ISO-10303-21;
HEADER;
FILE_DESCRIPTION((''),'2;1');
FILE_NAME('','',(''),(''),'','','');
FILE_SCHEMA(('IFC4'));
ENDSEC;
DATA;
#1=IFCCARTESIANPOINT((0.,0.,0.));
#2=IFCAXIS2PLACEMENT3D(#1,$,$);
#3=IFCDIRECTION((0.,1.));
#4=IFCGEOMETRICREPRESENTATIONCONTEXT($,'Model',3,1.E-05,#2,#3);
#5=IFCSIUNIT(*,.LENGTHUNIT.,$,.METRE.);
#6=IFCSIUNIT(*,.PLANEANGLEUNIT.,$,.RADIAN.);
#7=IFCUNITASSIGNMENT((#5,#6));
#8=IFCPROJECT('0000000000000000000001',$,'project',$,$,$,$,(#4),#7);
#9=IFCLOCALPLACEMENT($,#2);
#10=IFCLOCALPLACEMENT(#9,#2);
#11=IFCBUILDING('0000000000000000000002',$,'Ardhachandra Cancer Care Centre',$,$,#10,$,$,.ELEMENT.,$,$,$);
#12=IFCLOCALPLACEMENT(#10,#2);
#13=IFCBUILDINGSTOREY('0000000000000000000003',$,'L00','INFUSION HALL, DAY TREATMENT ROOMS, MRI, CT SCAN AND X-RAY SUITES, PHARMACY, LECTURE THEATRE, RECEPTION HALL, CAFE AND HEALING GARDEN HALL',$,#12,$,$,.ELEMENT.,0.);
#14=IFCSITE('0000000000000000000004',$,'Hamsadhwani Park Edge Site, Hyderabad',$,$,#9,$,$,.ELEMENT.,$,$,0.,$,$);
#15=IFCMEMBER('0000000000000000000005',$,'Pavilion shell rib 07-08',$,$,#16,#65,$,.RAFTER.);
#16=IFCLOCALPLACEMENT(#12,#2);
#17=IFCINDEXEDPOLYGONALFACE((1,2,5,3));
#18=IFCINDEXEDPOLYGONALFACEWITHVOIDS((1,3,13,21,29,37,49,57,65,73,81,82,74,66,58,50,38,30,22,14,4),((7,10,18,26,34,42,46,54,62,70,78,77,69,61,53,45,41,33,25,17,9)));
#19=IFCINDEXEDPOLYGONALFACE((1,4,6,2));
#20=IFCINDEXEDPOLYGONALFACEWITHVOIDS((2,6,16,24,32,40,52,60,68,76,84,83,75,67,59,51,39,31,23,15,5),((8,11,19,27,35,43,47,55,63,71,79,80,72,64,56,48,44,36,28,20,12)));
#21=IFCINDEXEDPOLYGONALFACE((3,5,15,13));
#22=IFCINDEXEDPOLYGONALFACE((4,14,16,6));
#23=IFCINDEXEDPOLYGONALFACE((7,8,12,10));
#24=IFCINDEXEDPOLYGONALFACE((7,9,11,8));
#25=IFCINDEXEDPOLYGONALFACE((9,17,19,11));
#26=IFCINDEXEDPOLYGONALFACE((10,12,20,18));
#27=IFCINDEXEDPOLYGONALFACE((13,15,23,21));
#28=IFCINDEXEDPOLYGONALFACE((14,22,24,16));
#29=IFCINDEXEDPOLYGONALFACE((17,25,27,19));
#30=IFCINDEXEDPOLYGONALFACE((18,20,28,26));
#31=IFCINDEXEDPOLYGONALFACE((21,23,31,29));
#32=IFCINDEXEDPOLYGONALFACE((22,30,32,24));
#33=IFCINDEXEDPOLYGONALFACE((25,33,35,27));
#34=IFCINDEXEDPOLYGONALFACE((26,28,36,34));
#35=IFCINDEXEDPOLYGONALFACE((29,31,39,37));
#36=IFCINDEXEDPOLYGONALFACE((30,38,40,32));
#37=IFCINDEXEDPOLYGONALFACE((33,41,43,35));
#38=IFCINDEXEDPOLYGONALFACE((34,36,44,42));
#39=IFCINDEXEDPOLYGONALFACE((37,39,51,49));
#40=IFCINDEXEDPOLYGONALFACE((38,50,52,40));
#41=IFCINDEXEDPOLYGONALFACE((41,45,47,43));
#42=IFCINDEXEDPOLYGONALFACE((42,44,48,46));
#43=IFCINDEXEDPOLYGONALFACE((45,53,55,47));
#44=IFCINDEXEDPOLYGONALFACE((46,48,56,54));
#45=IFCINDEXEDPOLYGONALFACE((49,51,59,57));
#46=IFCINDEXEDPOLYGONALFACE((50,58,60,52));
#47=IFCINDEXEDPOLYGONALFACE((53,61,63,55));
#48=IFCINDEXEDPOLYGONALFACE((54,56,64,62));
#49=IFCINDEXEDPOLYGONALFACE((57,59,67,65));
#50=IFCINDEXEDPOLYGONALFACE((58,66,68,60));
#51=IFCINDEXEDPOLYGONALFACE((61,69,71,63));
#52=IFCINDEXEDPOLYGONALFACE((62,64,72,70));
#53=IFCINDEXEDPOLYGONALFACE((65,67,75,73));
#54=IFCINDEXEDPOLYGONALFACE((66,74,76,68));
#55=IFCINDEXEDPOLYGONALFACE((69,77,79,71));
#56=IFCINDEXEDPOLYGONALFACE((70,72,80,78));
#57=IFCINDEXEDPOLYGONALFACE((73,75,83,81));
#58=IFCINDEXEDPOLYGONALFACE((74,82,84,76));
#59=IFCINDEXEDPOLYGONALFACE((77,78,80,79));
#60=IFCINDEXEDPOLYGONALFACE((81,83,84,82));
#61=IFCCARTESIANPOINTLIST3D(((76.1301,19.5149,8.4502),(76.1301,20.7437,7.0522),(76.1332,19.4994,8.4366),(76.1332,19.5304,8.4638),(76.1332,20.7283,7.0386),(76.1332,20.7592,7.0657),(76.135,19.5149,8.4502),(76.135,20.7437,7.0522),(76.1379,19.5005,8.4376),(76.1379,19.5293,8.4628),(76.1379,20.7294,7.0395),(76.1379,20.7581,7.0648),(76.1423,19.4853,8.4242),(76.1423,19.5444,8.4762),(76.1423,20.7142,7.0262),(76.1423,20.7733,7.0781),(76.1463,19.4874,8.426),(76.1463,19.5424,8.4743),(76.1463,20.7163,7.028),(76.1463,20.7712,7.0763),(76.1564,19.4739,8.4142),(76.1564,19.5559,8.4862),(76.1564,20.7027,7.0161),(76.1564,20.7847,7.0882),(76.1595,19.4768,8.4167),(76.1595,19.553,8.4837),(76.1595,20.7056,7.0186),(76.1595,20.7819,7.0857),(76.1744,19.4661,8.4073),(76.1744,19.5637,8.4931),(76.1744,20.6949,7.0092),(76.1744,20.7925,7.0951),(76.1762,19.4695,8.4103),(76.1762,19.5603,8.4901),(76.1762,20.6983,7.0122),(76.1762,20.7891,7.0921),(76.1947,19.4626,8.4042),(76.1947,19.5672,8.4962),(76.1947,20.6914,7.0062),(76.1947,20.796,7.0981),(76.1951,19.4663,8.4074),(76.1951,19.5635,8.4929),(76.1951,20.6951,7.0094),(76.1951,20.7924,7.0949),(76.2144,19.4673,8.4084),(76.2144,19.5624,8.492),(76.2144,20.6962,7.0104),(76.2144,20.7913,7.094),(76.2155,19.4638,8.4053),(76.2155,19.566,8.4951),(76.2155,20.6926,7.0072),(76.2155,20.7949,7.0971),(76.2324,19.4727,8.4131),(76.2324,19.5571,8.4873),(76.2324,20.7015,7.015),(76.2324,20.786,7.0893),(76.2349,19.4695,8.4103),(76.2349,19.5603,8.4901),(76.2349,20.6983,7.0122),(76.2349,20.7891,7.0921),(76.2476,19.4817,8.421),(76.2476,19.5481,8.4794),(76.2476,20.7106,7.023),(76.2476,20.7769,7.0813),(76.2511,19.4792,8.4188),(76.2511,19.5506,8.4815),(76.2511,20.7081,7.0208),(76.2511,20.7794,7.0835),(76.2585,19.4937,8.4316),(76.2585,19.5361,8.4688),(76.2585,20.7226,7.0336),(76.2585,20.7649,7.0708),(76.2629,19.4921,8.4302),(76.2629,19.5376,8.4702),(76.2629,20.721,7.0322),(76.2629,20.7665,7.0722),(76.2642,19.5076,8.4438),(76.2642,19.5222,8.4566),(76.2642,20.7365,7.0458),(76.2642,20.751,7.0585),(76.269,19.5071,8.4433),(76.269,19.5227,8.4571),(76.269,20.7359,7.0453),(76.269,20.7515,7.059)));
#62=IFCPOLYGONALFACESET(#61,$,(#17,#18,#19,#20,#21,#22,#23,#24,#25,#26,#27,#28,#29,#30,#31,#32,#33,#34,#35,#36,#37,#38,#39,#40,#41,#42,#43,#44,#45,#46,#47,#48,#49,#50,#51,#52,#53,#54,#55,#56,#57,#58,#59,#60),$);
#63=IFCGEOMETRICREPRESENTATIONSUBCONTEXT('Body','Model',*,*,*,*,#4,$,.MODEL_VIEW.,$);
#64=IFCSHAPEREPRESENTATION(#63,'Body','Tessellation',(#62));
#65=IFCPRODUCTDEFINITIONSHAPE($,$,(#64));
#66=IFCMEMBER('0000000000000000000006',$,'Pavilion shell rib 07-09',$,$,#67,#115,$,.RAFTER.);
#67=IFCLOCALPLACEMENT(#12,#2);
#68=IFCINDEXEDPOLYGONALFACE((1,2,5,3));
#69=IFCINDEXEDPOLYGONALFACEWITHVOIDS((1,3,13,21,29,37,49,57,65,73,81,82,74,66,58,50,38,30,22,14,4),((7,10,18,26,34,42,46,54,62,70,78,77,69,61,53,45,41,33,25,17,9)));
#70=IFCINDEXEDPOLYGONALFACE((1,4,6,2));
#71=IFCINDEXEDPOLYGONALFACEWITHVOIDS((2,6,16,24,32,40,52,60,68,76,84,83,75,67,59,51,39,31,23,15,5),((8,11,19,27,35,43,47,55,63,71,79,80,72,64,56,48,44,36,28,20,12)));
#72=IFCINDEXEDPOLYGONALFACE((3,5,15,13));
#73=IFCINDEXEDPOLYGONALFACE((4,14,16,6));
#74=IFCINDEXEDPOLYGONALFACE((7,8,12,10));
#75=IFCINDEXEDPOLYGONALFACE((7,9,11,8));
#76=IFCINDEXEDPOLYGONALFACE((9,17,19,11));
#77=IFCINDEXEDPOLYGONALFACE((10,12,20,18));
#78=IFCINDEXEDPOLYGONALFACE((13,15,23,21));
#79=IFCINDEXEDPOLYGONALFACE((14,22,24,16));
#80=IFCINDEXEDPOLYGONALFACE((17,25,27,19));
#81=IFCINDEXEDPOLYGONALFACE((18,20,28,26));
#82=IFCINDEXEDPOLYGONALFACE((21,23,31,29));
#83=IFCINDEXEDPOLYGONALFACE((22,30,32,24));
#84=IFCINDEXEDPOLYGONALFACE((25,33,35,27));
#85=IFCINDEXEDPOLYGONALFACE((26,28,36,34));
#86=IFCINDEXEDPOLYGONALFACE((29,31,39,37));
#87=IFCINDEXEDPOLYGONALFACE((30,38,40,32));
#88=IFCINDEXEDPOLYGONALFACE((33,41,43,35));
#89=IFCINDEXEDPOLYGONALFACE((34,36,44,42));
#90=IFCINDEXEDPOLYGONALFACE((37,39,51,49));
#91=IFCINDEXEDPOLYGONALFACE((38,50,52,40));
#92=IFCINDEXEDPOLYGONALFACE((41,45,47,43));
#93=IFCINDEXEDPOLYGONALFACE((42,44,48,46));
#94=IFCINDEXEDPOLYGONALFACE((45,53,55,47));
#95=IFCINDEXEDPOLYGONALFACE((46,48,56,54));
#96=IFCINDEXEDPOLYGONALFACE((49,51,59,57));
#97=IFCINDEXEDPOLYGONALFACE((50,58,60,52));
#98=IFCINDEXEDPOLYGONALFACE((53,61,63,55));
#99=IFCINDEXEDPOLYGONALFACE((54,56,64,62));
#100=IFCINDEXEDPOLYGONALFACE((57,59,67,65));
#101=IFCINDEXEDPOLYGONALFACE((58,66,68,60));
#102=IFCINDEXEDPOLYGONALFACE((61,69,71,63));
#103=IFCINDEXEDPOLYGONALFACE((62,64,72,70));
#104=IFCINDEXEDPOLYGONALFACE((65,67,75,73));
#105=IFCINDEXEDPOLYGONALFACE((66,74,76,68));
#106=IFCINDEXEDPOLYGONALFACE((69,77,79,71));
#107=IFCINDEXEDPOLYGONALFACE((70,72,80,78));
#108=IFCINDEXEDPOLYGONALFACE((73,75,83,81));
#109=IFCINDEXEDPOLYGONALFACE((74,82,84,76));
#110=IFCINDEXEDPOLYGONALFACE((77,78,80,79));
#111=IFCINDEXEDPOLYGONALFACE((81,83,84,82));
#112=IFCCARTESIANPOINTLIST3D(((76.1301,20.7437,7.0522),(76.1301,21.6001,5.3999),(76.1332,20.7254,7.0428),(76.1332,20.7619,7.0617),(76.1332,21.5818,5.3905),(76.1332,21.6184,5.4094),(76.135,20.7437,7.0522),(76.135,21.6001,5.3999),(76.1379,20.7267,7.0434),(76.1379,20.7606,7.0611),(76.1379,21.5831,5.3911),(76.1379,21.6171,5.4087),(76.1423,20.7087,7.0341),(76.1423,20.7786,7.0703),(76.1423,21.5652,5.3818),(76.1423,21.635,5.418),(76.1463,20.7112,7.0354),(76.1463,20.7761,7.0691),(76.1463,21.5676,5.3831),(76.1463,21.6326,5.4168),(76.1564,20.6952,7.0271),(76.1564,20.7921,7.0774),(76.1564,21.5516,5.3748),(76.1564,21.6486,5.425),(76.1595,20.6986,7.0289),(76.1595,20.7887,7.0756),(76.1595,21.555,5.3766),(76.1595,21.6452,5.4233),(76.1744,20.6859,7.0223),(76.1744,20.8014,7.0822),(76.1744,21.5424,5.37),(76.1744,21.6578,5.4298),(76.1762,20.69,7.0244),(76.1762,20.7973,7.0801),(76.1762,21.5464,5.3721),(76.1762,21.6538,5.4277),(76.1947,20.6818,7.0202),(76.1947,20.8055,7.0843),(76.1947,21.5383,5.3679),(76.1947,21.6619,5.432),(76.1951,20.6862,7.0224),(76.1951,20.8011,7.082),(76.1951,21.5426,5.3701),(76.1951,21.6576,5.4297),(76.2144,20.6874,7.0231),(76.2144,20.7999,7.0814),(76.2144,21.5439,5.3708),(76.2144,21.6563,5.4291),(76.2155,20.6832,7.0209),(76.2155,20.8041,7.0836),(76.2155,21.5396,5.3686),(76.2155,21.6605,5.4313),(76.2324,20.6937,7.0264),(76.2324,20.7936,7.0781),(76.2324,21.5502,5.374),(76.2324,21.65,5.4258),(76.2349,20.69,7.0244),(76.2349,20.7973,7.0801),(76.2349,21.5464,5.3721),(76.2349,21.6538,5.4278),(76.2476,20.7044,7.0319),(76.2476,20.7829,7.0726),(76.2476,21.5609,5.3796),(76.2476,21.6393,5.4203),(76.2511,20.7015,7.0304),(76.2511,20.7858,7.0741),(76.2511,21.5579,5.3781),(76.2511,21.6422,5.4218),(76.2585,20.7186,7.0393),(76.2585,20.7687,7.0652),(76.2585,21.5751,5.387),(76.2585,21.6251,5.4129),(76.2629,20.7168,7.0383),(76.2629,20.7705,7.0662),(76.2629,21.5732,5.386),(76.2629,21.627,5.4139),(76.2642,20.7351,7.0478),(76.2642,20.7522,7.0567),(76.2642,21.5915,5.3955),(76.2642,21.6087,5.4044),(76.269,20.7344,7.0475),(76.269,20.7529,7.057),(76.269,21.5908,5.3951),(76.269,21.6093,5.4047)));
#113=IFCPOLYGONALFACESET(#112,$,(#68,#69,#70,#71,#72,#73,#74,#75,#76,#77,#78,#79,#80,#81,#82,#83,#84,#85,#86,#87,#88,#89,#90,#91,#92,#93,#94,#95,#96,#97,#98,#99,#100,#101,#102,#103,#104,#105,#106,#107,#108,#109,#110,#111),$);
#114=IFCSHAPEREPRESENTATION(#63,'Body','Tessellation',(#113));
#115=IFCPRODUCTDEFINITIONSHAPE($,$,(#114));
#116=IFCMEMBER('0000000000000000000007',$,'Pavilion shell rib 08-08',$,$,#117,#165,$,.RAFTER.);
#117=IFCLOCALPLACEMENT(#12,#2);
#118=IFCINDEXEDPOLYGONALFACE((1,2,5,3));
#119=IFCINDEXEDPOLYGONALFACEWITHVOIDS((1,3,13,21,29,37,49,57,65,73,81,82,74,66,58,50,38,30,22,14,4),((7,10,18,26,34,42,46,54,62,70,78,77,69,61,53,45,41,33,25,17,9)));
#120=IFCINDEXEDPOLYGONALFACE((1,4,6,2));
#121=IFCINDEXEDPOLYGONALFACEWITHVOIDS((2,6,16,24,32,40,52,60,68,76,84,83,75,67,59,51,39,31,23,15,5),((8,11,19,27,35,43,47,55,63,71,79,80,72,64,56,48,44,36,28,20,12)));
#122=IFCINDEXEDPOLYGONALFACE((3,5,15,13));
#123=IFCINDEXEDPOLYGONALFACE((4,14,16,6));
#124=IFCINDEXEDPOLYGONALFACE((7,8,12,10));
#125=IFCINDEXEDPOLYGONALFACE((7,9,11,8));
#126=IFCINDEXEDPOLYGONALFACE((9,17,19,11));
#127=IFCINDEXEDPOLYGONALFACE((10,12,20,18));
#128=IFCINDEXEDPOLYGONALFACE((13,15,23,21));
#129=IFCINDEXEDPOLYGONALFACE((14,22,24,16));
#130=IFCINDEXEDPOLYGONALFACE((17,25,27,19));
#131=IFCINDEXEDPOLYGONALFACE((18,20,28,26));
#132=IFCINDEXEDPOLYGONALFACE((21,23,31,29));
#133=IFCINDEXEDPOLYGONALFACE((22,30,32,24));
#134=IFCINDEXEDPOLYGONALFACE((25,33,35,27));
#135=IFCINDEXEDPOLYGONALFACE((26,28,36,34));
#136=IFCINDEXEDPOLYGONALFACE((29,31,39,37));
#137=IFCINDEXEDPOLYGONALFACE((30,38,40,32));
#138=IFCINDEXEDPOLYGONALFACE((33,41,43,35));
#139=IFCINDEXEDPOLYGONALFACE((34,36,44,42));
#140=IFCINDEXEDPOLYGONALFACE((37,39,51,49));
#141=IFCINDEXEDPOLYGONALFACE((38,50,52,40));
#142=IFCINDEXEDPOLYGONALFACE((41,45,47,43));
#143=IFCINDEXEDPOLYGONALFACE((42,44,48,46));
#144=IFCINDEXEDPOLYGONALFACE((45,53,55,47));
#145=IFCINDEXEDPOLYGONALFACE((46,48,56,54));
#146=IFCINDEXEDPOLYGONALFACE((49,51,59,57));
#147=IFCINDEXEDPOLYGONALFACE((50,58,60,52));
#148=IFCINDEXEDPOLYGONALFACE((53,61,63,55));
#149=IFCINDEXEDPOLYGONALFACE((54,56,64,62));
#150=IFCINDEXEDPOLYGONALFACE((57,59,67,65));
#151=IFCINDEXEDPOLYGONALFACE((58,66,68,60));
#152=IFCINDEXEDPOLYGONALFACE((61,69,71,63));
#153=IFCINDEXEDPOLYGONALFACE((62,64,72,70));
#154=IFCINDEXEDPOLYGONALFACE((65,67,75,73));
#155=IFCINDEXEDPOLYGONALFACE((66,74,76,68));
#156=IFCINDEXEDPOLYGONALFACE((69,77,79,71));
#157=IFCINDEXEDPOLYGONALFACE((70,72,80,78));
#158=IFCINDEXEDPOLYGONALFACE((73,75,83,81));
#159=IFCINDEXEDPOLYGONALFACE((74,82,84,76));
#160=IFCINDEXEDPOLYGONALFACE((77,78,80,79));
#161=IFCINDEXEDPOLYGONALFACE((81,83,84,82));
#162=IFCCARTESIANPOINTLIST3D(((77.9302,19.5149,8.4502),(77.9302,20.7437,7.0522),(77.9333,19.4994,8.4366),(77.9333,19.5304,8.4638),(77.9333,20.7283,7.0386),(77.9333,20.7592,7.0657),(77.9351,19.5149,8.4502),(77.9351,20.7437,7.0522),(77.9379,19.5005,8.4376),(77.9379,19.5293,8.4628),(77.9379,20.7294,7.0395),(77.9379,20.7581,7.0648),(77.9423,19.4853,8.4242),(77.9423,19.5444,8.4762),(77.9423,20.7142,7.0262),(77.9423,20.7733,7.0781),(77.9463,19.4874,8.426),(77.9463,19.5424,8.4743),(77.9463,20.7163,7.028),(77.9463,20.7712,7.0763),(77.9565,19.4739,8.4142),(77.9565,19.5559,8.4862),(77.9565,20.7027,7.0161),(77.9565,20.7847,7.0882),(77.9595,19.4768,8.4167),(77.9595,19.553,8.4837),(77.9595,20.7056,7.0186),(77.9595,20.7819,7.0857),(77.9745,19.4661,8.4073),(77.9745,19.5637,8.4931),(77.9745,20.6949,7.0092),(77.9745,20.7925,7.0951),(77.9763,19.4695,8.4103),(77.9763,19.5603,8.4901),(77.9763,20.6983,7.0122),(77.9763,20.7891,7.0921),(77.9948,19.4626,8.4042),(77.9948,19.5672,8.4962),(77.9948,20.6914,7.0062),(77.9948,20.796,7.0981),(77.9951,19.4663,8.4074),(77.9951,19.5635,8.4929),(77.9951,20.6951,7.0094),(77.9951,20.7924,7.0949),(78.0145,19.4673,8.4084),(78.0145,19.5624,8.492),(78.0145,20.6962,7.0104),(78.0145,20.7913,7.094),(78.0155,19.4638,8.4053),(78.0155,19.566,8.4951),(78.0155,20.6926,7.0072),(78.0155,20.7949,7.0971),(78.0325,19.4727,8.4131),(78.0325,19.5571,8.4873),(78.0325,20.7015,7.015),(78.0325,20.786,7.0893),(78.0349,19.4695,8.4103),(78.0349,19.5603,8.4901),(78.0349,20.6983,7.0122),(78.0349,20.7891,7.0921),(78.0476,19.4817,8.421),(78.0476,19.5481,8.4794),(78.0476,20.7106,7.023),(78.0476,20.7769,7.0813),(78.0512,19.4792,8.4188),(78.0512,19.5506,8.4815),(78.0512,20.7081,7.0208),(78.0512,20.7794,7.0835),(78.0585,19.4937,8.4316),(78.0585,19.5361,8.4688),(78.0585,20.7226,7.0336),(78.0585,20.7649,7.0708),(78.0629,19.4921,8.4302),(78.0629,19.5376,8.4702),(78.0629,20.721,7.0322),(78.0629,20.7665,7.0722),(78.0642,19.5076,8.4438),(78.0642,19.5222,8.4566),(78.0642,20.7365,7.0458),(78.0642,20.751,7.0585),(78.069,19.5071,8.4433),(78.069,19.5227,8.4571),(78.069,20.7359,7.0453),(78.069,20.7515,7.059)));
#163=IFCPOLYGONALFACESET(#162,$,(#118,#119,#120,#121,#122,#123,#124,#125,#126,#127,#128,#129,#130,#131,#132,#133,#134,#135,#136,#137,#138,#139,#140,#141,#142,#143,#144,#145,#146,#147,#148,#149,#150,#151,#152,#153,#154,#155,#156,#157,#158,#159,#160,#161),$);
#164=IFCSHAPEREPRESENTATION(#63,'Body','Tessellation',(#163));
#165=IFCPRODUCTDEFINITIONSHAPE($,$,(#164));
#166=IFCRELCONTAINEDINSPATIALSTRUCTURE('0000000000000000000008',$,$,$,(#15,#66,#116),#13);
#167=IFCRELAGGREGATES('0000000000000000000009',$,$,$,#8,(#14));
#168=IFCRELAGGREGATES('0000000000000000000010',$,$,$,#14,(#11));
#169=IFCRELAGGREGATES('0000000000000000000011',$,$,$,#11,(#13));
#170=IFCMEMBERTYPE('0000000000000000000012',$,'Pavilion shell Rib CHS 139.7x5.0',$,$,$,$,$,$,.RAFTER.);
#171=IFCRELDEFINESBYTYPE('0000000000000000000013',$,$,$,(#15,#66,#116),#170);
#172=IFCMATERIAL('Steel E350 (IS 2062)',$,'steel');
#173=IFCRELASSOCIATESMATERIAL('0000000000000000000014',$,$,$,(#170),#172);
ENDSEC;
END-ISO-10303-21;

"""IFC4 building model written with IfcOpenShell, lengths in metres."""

from ifc_helpers import new_model, si_unit, direction, frame, origin, origin_2d, place, context, subcontext, project, spatial, hollow_circle, extrude, material, material_profile, profile_set, type_object, element, save


model = new_model("IFC4")

# Units and contexts
model_context = context("Model", 3, precision=1e-05, world=origin(), true_north=direction((0.0, 1.0)))
body_context = subcontext(model_context, "Body", "Model", "MODEL_VIEW")
ifc_project = project(units=[si_unit("LENGTHUNIT", "METRE"), si_unit("PLANEANGLEUNIT", "RADIAN")], contexts=[model_context])

# Site, building, storey
site_placement = place(None, origin())
site = spatial("IfcSite", under=ifc_project, at=site_placement, Name="Hamsadhwani Park Edge Site, Hyderabad", CompositionType="ELEMENT", RefElevation=0.0)
building_placement = place(site_placement, origin())
building = spatial("IfcBuilding", under=site, at=building_placement, Name="Ardhachandra Cancer Care Centre", CompositionType="ELEMENT")
storey_placement = place(building_placement, origin())
storey = spatial("IfcBuildingStorey", under=building, at=storey_placement, Name="L00", Description="INFUSION HALL, DAY TREATMENT ROOMS, MRI, CT SCAN AND X-RAY SUITES, PHARMACY, LECTURE THEATRE, RECEPTION HALL, CAFE AND HEALING GARDEN HALL", CompositionType="ELEMENT", Elevation=0.0)

# Members
ifc_material_1 = material(Name="Steel E350 (IS 2062)", Category="steel")
ifc_material_profile_1 = material_profile(ifc_material_1, hollow_circle(Radius=0.0698, WallThickness=0.0049, at=origin_2d()), Name="CHS 139.7x5.0")
ifc_profile_set_1 = profile_set([ifc_material_profile_1], Name="Steel E350 (IS 2062)")
member_type_1 = type_object("IfcMemberType", Name="Pavilion shell Rib CHS 139.7x5.0", PredefinedType="RAFTER", material=ifc_profile_set_1)
member_1_placement = place(storey_placement, frame((76.2, 19.5149, 8.4502), z_axis=(0.0, 0.660193, -0.751096), x_axis=(-1.0, 0.0, 0.0)))
element("IfcMember", 1, at=member_1_placement, inside=storey, type_object=member_type_1, Name="Pavilion shell rib 07-08", PredefinedType="RAFTER", context=body_context, shape_type="SweptSolid", body=[
    extrude(hollow_circle(Radius=0.0698, WallThickness=0.0049, at=origin_2d()), origin(), (0.0, 0.0, 1.0), 1.8613),
])
member_2_placement = place(storey_placement, frame((76.2, 20.7437, 7.0522), z_axis=(0.0, 0.460179, -0.887826), x_axis=(-1.0, 0.0, 0.0)))
element("IfcMember", 2, at=member_2_placement, inside=storey, type_object=member_type_1, Name="Pavilion shell rib 07-09", PredefinedType="RAFTER", context=body_context, shape_type="SweptSolid", body=[
    extrude(hollow_circle(Radius=0.0698, WallThickness=0.0049, at=origin_2d()), origin(), (0.0, 0.0, 1.0), 1.8611),
])
member_3_placement = place(storey_placement, frame((78.0, 19.5149, 8.4502), z_axis=(0.0, 0.660193, -0.751096), x_axis=(-1.0, 0.0, 0.0)))
element("IfcMember", 3, at=member_3_placement, inside=storey, type_object=member_type_1, Name="Pavilion shell rib 08-08", PredefinedType="RAFTER", context=body_context, shape_type="SweptSolid", body=[
    extrude(hollow_circle(Radius=0.0698, WallThickness=0.0049, at=origin_2d()), origin(), (0.0, 0.0, 1.0), 1.8613),
])

save(model, "model.ifc")
